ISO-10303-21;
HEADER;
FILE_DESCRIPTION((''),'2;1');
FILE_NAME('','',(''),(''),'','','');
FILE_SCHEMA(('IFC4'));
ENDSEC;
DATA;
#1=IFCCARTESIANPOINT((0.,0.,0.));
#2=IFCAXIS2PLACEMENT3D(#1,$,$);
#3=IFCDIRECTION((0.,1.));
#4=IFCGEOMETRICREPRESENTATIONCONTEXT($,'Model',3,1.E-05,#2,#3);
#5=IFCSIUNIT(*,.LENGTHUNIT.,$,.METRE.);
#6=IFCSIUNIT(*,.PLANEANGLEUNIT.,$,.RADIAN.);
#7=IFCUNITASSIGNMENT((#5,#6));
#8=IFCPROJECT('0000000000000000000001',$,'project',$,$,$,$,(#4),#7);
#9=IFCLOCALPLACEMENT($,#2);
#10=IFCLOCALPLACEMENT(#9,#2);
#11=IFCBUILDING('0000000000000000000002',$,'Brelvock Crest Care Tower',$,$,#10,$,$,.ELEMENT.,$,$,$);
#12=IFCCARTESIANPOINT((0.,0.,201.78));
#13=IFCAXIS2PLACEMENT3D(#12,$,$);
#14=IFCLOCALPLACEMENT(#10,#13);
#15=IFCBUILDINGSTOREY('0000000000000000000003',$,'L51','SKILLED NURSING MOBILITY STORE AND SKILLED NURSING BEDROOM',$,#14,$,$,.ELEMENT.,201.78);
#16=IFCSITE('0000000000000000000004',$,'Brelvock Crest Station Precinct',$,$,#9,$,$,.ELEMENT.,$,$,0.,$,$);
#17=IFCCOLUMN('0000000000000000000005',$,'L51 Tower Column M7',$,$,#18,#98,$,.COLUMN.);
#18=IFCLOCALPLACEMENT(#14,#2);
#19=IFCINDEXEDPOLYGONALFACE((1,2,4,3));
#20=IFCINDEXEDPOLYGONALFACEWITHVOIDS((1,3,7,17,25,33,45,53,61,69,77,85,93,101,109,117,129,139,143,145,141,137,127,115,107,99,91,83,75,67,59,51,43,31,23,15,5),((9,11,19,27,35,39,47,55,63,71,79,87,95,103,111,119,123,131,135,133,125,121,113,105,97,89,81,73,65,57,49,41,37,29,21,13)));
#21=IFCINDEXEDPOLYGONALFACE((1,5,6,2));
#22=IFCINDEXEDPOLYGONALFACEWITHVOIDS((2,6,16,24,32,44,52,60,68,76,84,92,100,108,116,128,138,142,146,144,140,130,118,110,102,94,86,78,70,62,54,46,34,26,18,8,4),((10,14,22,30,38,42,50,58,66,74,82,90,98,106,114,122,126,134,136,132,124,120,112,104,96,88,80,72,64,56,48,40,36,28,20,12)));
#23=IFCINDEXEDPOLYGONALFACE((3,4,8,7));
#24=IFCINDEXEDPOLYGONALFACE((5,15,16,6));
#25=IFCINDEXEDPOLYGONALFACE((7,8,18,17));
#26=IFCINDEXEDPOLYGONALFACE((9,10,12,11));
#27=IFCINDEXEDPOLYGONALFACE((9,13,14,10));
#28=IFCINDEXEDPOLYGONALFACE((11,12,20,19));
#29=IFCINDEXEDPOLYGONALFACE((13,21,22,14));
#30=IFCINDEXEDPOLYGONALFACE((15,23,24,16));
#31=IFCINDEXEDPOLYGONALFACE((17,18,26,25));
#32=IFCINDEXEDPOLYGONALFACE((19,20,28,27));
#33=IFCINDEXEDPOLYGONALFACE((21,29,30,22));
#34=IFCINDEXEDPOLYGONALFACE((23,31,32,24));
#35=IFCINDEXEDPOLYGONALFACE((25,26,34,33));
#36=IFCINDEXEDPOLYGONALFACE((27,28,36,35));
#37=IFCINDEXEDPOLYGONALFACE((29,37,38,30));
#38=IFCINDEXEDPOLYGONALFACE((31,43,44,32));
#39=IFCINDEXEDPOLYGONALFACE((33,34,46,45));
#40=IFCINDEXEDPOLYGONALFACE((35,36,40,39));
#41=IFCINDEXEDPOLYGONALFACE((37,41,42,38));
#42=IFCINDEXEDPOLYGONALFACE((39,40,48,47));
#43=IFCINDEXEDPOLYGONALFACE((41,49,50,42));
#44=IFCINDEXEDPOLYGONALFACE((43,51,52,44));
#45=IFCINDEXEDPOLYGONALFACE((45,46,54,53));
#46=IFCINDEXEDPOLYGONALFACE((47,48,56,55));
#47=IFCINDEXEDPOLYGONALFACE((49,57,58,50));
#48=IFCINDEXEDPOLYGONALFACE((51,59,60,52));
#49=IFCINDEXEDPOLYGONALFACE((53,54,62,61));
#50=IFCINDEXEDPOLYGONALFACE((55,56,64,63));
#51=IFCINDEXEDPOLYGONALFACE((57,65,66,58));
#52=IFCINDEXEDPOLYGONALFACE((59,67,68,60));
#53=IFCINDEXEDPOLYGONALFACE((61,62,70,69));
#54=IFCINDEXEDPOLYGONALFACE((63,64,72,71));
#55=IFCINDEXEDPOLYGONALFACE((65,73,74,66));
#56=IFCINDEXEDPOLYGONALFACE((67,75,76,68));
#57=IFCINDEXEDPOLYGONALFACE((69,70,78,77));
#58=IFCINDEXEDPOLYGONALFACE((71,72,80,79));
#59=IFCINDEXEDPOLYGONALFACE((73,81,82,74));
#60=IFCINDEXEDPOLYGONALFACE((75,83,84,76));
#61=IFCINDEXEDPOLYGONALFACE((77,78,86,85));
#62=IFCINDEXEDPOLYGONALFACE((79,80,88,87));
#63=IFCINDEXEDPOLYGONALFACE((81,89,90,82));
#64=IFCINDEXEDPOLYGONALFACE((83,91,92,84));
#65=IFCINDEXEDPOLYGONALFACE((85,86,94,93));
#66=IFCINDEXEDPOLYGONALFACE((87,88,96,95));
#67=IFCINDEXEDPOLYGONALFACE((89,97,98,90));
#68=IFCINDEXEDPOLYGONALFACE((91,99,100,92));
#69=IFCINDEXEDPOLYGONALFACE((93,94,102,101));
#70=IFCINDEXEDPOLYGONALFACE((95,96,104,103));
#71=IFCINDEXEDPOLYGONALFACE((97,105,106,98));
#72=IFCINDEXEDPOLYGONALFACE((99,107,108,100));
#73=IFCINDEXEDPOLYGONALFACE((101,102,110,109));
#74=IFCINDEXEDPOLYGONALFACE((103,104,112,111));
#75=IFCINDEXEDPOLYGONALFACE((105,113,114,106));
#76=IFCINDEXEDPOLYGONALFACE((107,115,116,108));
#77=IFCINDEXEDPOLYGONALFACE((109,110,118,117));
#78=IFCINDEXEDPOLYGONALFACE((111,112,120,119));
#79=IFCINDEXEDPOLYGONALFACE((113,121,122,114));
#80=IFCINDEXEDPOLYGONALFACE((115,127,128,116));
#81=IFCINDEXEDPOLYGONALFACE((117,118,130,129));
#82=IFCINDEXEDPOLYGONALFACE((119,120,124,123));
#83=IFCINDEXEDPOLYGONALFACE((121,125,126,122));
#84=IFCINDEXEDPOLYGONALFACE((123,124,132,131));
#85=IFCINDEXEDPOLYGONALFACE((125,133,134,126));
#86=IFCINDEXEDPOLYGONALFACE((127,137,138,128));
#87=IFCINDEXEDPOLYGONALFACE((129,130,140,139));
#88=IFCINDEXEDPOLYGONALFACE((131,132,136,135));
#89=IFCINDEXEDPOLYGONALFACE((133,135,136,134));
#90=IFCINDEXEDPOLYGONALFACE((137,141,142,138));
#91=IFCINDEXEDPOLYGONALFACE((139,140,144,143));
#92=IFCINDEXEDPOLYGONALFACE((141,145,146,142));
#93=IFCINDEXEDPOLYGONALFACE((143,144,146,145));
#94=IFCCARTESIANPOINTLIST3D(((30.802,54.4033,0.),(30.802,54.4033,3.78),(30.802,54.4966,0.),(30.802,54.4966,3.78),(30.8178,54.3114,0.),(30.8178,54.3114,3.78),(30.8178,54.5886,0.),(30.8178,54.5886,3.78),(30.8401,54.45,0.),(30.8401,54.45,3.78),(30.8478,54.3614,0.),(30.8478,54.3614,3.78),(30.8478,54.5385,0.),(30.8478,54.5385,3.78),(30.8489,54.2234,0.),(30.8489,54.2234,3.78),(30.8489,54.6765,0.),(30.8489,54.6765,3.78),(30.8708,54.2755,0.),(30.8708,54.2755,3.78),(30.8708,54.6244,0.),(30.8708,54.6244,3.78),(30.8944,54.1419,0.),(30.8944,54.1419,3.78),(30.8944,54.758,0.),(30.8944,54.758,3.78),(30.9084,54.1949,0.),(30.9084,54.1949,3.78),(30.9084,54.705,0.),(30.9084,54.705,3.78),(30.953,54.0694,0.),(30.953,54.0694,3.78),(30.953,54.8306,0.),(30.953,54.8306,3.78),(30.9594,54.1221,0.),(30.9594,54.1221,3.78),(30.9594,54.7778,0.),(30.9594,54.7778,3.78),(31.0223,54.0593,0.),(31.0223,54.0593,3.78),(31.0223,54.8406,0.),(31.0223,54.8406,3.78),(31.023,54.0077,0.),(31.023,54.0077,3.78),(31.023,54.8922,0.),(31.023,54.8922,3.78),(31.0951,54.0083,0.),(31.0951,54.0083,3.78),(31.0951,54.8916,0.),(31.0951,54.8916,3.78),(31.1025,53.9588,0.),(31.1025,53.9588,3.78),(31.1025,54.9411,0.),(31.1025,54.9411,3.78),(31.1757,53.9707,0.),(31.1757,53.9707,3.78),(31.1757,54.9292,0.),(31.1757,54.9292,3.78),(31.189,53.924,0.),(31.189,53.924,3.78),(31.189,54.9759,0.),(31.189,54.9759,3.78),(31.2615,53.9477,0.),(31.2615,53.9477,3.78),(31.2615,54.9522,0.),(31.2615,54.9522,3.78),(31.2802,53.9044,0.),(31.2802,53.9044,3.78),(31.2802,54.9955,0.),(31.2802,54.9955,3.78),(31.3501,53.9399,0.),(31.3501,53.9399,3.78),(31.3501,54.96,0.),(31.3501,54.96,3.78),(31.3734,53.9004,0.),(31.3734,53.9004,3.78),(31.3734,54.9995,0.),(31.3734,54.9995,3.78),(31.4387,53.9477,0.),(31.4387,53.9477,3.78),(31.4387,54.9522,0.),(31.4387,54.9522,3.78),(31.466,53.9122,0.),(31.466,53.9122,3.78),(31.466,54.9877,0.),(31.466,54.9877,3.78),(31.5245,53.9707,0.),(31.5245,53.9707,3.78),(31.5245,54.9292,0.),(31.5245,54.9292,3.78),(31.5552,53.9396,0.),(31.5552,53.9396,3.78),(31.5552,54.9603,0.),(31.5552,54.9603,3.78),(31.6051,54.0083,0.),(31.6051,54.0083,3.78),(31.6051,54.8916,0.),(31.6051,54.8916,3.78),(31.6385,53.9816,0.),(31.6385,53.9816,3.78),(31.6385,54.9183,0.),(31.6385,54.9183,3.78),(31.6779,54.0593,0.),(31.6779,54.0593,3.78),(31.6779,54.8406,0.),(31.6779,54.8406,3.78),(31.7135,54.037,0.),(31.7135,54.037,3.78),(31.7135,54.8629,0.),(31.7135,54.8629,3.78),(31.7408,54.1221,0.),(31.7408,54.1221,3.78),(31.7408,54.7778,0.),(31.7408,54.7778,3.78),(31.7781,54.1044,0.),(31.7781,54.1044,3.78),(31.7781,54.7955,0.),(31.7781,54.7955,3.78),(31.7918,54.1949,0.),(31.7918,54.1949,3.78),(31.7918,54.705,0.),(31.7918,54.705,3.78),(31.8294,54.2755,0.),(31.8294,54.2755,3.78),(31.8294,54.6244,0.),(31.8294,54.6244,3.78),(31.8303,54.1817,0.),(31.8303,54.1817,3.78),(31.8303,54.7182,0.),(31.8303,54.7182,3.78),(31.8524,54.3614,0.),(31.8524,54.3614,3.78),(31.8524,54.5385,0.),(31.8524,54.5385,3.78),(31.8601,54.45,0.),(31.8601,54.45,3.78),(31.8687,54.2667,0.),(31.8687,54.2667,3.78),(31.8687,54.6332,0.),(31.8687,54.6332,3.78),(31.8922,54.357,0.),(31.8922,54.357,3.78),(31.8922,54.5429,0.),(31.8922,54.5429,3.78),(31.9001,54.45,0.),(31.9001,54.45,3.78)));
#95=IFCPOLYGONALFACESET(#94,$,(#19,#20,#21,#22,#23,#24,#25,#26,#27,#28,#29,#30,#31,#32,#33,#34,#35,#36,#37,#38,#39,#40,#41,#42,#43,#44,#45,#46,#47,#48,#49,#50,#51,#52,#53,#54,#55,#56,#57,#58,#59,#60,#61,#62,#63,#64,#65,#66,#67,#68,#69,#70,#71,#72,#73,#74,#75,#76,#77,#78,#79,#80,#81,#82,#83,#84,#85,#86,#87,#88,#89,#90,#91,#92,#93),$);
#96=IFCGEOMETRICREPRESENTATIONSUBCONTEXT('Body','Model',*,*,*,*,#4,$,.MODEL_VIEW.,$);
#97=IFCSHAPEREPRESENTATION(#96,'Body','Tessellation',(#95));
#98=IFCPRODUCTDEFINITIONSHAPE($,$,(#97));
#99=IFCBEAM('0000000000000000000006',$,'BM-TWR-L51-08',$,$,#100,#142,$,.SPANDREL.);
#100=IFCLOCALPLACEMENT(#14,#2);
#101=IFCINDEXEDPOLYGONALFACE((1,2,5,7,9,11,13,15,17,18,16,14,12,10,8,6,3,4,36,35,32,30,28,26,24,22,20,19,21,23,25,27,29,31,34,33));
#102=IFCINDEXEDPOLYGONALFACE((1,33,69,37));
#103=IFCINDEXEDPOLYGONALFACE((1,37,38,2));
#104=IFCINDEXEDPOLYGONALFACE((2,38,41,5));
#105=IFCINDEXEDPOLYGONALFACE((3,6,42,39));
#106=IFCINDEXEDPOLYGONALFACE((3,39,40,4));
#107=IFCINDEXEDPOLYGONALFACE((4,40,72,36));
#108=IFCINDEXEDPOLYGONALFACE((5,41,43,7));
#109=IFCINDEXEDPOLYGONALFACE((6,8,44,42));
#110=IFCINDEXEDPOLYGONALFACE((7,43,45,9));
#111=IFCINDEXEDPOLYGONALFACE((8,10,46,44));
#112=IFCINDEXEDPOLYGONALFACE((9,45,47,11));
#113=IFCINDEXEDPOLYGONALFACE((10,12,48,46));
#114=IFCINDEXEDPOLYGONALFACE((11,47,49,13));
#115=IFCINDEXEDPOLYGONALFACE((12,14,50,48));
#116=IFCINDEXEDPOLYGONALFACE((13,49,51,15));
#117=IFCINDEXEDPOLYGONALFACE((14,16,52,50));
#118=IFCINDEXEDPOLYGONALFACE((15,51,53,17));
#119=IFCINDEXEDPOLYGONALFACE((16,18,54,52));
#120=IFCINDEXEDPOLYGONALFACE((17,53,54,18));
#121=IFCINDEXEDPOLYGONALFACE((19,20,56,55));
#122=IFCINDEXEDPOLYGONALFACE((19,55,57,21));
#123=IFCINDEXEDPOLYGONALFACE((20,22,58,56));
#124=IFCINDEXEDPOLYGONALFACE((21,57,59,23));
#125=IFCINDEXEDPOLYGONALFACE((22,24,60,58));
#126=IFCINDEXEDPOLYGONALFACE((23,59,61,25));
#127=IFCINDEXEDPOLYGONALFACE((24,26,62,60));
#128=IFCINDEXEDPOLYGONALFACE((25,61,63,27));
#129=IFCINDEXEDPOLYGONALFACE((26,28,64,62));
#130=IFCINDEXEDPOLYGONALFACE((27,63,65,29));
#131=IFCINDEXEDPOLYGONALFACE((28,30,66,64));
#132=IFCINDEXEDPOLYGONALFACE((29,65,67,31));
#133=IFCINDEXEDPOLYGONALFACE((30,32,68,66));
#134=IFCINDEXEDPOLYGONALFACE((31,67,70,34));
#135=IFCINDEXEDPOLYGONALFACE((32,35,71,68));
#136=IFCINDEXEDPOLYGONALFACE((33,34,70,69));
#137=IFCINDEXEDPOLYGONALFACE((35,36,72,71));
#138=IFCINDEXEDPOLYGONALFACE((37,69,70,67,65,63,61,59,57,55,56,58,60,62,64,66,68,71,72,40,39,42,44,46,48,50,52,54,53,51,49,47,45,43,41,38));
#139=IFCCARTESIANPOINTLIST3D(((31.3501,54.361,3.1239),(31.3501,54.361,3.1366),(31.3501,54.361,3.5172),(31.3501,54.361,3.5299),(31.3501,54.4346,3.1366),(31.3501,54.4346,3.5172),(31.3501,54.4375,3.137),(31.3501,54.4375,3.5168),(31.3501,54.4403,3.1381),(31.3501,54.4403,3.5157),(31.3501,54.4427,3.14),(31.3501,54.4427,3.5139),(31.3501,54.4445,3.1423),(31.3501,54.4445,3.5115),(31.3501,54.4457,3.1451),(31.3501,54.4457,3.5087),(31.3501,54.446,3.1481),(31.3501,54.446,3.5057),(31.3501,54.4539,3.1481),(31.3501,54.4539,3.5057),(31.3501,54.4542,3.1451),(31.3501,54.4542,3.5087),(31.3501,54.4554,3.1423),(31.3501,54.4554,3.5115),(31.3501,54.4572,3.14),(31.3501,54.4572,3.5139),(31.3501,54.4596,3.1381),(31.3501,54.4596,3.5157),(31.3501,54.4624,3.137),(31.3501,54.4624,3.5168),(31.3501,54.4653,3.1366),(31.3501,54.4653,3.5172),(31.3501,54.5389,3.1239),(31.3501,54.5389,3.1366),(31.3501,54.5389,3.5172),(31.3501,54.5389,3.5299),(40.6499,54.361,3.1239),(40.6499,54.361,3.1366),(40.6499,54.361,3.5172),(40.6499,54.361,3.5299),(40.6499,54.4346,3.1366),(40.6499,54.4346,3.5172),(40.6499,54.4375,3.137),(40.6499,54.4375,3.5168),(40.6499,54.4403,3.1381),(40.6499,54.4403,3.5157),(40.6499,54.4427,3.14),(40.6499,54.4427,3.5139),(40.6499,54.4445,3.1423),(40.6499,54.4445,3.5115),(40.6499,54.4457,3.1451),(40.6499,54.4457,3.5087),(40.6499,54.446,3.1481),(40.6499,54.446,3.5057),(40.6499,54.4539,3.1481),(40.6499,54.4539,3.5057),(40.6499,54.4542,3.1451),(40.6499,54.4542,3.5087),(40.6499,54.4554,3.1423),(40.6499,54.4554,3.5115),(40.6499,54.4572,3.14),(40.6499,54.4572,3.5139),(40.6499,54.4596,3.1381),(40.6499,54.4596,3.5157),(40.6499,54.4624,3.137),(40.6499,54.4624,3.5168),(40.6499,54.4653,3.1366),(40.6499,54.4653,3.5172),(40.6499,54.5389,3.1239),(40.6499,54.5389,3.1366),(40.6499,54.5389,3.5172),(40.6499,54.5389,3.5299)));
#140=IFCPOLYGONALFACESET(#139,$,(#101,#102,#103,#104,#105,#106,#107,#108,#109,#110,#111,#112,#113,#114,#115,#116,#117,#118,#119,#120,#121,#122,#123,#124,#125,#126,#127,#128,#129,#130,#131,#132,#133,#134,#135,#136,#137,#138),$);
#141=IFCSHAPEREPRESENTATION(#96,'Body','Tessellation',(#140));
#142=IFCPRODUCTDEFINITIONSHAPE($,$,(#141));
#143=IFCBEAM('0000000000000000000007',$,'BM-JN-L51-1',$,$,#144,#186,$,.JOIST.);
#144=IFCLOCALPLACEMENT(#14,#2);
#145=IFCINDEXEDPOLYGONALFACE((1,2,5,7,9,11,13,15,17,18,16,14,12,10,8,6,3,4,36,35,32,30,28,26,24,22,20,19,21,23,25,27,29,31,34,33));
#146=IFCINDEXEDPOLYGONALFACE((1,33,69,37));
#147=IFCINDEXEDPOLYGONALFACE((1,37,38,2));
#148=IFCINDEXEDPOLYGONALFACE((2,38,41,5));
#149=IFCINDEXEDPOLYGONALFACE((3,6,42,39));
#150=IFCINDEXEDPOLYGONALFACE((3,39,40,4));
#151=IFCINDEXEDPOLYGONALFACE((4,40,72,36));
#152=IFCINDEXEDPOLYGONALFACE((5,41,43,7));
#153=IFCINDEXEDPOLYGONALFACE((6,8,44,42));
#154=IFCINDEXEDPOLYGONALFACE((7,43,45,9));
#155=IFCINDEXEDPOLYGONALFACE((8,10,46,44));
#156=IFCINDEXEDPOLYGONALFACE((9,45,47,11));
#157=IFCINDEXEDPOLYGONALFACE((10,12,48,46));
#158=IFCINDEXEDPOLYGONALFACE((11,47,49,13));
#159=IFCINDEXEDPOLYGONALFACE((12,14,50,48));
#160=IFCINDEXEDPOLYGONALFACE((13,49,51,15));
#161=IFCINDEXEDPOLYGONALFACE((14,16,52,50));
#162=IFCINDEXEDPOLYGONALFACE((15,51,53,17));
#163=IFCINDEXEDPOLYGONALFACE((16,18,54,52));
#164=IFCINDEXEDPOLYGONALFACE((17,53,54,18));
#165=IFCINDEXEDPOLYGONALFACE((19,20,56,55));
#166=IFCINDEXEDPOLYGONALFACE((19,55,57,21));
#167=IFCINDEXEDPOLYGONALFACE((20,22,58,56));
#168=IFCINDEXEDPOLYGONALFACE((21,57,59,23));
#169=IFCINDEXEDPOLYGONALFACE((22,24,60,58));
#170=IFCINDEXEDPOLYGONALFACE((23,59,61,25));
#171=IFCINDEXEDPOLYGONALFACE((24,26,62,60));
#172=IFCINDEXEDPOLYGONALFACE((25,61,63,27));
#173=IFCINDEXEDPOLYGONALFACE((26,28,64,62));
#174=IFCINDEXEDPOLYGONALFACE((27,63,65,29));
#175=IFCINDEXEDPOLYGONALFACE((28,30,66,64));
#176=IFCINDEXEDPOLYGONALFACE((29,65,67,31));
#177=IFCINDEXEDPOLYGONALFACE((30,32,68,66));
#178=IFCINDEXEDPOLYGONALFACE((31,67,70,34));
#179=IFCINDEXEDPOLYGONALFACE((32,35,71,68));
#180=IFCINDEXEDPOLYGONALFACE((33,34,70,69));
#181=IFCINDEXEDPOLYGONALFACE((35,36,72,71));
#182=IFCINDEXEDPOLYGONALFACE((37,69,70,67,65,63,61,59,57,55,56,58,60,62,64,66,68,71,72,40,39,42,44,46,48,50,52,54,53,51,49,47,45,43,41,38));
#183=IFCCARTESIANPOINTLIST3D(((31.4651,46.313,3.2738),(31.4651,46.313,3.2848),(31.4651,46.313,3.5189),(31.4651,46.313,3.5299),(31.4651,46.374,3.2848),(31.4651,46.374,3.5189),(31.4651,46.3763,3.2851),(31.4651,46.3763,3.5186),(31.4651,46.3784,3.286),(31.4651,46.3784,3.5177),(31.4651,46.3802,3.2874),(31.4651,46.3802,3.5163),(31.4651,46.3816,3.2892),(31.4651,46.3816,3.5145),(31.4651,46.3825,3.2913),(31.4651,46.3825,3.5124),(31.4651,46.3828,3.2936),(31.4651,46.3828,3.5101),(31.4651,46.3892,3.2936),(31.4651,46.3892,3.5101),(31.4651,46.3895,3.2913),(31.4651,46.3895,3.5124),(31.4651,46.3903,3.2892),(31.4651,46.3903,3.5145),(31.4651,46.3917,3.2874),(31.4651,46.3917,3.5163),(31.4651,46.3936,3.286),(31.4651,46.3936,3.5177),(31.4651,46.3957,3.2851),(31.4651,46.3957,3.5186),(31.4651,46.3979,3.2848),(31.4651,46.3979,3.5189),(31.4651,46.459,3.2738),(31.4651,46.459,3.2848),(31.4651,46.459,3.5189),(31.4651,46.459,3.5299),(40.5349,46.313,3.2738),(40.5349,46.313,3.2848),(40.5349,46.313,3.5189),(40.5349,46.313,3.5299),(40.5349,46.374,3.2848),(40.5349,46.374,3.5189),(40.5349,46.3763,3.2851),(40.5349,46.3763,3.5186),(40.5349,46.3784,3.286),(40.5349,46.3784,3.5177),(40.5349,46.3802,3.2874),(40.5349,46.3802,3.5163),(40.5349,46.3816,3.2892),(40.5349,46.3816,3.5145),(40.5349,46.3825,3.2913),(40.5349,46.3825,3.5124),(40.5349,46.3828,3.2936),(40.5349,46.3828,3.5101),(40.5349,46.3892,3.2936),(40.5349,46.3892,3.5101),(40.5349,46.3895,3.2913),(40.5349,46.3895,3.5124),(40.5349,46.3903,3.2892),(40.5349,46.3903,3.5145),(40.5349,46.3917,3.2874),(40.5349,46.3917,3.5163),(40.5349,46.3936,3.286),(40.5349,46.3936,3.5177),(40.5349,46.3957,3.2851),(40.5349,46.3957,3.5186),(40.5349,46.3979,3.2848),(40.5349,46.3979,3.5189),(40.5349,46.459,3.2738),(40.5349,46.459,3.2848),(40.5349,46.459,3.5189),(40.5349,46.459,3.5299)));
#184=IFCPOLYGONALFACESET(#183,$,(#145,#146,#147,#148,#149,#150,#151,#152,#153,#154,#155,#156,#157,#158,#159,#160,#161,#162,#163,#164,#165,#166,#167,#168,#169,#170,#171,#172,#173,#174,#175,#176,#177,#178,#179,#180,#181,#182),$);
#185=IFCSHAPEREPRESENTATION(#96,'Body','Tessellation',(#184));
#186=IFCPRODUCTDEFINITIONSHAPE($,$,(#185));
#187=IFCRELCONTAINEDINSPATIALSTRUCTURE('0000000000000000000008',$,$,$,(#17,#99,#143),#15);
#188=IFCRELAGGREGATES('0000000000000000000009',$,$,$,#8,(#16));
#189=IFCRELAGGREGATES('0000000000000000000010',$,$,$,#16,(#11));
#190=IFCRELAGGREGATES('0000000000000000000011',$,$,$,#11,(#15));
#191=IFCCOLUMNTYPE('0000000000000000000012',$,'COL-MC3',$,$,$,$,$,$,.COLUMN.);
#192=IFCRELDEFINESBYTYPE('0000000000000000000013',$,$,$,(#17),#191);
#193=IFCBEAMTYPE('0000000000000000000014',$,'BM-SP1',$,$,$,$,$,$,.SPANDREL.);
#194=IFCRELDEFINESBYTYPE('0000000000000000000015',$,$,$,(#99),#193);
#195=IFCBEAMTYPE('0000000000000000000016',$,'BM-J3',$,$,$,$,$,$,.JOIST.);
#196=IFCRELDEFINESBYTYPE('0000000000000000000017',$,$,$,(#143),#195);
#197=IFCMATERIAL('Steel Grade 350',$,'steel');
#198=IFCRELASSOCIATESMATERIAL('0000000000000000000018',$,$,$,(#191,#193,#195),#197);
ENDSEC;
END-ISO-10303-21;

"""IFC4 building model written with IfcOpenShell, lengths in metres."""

from ifc_helpers import new_model, si_unit, direction, frame, origin, origin_2d, place, context, subcontext, project, spatial, hollow_circle, i_section, extrude, source, transform, mapped, material, material_profile, profile_set, type_object, element, save


model = new_model("IFC4")

# Units and contexts
model_context = context("Model", 3, precision=1e-05, world=origin(), true_north=direction((0.0, 1.0)))
body_context = subcontext(model_context, "Body", "Model", "MODEL_VIEW")
ifc_project = project(units=[si_unit("LENGTHUNIT", "METRE"), si_unit("PLANEANGLEUNIT", "RADIAN")], contexts=[model_context])

# Site, building, storey
site_placement = place(None, origin())
site = spatial("IfcSite", under=ifc_project, at=site_placement, Name="Brelvock Crest Station Precinct", CompositionType="ELEMENT", RefElevation=0.0)
building_placement = place(site_placement, origin())
building = spatial("IfcBuilding", under=site, at=building_placement, Name="Brelvock Crest Care Tower", CompositionType="ELEMENT")
storey_placement = place(building_placement, frame((0.0, 0.0, 201.78)))
storey = spatial("IfcBuildingStorey", under=building, at=storey_placement, Name="L51", Description="SKILLED NURSING MOBILITY STORE AND SKILLED NURSING BEDROOM", CompositionType="ELEMENT", Elevation=201.78)

# Column
ifc_material_1 = material(Name="Steel Grade 350", Category="steel")
ifc_material_profile_1 = material_profile(ifc_material_1, hollow_circle(Radius=0.55, WallThickness=0.04, at=origin_2d()), Name="CFT1100x40")
ifc_profile_set_1 = profile_set([ifc_material_profile_1], Name="Steel Grade 350")
column_type = type_object("IfcColumnType", Name="COL-MC3", PredefinedType="COLUMN", material=ifc_profile_set_1)
shared_shape_1 = source(origin(), body_context, "Body", "SweptSolid", [
    extrude(hollow_circle(Radius=0.55, WallThickness=0.04, at=origin_2d()), origin(), (0.0, 0.0, 1.0), 3.78),
])
column_placement = place(storey_placement, frame((31.3501, 54.45, 0.0), z_axis=(0.0, 0.0, 1.0), x_axis=(1.0, 0.0, 0.0)))
element("IfcColumn", 1, at=column_placement, inside=storey, type_object=column_type, Name="L51 Tower Column M7", PredefinedType="COLUMN", context=body_context, shape_type="MappedRepresentation", body=[
    mapped(shared_shape_1, transform((0.0, 0.0, 0.0), x_axis=(1.0, 0.0, 0.0), y_axis=(0.0, 1.0, 0.0), z_axis=(0.0, 0.0, 1.0), scale=1.0)),
])

# Beams
ifc_material_profile_2 = material_profile(ifc_material_1, i_section(OverallWidth=0.178, OverallDepth=0.406, WebThickness=0.0078, FlangeThickness=0.0127, FilletRadius=0.0115, at=origin_2d()), Name="410UB59.7")
ifc_profile_set_2 = profile_set([ifc_material_profile_2], Name="Steel Grade 350")
beam_type_1 = type_object("IfcBeamType", Name="BM-SP1", PredefinedType="SPANDREL", material=ifc_profile_set_2)
shared_shape_2 = source(origin(), body_context, "Body", "SweptSolid", [
    extrude(i_section(OverallWidth=0.178, OverallDepth=0.406, WebThickness=0.0078, FlangeThickness=0.0127, FilletRadius=0.0115, at=origin_2d()), origin(), (0.0, 0.0, 1.0), 9.2998),
])
beam_placement = place(storey_placement, frame((31.3501, 54.45, 3.3269), z_axis=(1.0, 0.0, 0.0), x_axis=(0.0, 1.0, 0.0)))
element("IfcBeam", 2, at=beam_placement, inside=storey, type_object=beam_type_1, Name="BM-TWR-L51-08", PredefinedType="SPANDREL", context=body_context, shape_type="MappedRepresentation", body=[
    mapped(shared_shape_2, transform((0.0, 0.0, 0.0), x_axis=(1.0, 0.0, 0.0), y_axis=(0.0, 1.0, 0.0), z_axis=(0.0, 0.0, 1.0), scale=1.0)),
])
ifc_material_profile_3 = material_profile(ifc_material_1, i_section(OverallWidth=0.146, OverallDepth=0.2561, WebThickness=0.0063, FlangeThickness=0.011, FilletRadius=0.0088, at=origin_2d()), Name="250UB37.3")
ifc_profile_set_3 = profile_set([ifc_material_profile_3], Name="Steel Grade 350")
beam_type_2 = type_object("IfcBeamType", Name="BM-J3", PredefinedType="JOIST", material=ifc_profile_set_3)
shared_shape_3 = source(origin(), body_context, "Body", "SweptSolid", [
    extrude(i_section(OverallWidth=0.146, OverallDepth=0.2561, WebThickness=0.0063, FlangeThickness=0.011, FilletRadius=0.0088, at=origin_2d()), origin(), (0.0, 0.0, 1.0), 9.0698),
])
for number, where, z_axis, x_axis, name in (
    (3, (31.4651, 46.386, 3.4019), (1.0, 0.0, 0.0), (0.0, 1.0, 0.0), "BM-JN-L51-1"),
):
    element("IfcBeam", number, at=place(storey_placement, frame(where, z_axis=z_axis, x_axis=x_axis)), inside=storey, type_object=beam_type_2, Name=name, PredefinedType="JOIST", context=body_context, shape_type="MappedRepresentation", body=[
        mapped(shared_shape_3, transform((0.0, 0.0, 0.0), x_axis=(1.0, 0.0, 0.0), y_axis=(0.0, 1.0, 0.0), z_axis=(0.0, 0.0, 1.0), scale=1.0)),
    ])

save(model, "model.ifc")
